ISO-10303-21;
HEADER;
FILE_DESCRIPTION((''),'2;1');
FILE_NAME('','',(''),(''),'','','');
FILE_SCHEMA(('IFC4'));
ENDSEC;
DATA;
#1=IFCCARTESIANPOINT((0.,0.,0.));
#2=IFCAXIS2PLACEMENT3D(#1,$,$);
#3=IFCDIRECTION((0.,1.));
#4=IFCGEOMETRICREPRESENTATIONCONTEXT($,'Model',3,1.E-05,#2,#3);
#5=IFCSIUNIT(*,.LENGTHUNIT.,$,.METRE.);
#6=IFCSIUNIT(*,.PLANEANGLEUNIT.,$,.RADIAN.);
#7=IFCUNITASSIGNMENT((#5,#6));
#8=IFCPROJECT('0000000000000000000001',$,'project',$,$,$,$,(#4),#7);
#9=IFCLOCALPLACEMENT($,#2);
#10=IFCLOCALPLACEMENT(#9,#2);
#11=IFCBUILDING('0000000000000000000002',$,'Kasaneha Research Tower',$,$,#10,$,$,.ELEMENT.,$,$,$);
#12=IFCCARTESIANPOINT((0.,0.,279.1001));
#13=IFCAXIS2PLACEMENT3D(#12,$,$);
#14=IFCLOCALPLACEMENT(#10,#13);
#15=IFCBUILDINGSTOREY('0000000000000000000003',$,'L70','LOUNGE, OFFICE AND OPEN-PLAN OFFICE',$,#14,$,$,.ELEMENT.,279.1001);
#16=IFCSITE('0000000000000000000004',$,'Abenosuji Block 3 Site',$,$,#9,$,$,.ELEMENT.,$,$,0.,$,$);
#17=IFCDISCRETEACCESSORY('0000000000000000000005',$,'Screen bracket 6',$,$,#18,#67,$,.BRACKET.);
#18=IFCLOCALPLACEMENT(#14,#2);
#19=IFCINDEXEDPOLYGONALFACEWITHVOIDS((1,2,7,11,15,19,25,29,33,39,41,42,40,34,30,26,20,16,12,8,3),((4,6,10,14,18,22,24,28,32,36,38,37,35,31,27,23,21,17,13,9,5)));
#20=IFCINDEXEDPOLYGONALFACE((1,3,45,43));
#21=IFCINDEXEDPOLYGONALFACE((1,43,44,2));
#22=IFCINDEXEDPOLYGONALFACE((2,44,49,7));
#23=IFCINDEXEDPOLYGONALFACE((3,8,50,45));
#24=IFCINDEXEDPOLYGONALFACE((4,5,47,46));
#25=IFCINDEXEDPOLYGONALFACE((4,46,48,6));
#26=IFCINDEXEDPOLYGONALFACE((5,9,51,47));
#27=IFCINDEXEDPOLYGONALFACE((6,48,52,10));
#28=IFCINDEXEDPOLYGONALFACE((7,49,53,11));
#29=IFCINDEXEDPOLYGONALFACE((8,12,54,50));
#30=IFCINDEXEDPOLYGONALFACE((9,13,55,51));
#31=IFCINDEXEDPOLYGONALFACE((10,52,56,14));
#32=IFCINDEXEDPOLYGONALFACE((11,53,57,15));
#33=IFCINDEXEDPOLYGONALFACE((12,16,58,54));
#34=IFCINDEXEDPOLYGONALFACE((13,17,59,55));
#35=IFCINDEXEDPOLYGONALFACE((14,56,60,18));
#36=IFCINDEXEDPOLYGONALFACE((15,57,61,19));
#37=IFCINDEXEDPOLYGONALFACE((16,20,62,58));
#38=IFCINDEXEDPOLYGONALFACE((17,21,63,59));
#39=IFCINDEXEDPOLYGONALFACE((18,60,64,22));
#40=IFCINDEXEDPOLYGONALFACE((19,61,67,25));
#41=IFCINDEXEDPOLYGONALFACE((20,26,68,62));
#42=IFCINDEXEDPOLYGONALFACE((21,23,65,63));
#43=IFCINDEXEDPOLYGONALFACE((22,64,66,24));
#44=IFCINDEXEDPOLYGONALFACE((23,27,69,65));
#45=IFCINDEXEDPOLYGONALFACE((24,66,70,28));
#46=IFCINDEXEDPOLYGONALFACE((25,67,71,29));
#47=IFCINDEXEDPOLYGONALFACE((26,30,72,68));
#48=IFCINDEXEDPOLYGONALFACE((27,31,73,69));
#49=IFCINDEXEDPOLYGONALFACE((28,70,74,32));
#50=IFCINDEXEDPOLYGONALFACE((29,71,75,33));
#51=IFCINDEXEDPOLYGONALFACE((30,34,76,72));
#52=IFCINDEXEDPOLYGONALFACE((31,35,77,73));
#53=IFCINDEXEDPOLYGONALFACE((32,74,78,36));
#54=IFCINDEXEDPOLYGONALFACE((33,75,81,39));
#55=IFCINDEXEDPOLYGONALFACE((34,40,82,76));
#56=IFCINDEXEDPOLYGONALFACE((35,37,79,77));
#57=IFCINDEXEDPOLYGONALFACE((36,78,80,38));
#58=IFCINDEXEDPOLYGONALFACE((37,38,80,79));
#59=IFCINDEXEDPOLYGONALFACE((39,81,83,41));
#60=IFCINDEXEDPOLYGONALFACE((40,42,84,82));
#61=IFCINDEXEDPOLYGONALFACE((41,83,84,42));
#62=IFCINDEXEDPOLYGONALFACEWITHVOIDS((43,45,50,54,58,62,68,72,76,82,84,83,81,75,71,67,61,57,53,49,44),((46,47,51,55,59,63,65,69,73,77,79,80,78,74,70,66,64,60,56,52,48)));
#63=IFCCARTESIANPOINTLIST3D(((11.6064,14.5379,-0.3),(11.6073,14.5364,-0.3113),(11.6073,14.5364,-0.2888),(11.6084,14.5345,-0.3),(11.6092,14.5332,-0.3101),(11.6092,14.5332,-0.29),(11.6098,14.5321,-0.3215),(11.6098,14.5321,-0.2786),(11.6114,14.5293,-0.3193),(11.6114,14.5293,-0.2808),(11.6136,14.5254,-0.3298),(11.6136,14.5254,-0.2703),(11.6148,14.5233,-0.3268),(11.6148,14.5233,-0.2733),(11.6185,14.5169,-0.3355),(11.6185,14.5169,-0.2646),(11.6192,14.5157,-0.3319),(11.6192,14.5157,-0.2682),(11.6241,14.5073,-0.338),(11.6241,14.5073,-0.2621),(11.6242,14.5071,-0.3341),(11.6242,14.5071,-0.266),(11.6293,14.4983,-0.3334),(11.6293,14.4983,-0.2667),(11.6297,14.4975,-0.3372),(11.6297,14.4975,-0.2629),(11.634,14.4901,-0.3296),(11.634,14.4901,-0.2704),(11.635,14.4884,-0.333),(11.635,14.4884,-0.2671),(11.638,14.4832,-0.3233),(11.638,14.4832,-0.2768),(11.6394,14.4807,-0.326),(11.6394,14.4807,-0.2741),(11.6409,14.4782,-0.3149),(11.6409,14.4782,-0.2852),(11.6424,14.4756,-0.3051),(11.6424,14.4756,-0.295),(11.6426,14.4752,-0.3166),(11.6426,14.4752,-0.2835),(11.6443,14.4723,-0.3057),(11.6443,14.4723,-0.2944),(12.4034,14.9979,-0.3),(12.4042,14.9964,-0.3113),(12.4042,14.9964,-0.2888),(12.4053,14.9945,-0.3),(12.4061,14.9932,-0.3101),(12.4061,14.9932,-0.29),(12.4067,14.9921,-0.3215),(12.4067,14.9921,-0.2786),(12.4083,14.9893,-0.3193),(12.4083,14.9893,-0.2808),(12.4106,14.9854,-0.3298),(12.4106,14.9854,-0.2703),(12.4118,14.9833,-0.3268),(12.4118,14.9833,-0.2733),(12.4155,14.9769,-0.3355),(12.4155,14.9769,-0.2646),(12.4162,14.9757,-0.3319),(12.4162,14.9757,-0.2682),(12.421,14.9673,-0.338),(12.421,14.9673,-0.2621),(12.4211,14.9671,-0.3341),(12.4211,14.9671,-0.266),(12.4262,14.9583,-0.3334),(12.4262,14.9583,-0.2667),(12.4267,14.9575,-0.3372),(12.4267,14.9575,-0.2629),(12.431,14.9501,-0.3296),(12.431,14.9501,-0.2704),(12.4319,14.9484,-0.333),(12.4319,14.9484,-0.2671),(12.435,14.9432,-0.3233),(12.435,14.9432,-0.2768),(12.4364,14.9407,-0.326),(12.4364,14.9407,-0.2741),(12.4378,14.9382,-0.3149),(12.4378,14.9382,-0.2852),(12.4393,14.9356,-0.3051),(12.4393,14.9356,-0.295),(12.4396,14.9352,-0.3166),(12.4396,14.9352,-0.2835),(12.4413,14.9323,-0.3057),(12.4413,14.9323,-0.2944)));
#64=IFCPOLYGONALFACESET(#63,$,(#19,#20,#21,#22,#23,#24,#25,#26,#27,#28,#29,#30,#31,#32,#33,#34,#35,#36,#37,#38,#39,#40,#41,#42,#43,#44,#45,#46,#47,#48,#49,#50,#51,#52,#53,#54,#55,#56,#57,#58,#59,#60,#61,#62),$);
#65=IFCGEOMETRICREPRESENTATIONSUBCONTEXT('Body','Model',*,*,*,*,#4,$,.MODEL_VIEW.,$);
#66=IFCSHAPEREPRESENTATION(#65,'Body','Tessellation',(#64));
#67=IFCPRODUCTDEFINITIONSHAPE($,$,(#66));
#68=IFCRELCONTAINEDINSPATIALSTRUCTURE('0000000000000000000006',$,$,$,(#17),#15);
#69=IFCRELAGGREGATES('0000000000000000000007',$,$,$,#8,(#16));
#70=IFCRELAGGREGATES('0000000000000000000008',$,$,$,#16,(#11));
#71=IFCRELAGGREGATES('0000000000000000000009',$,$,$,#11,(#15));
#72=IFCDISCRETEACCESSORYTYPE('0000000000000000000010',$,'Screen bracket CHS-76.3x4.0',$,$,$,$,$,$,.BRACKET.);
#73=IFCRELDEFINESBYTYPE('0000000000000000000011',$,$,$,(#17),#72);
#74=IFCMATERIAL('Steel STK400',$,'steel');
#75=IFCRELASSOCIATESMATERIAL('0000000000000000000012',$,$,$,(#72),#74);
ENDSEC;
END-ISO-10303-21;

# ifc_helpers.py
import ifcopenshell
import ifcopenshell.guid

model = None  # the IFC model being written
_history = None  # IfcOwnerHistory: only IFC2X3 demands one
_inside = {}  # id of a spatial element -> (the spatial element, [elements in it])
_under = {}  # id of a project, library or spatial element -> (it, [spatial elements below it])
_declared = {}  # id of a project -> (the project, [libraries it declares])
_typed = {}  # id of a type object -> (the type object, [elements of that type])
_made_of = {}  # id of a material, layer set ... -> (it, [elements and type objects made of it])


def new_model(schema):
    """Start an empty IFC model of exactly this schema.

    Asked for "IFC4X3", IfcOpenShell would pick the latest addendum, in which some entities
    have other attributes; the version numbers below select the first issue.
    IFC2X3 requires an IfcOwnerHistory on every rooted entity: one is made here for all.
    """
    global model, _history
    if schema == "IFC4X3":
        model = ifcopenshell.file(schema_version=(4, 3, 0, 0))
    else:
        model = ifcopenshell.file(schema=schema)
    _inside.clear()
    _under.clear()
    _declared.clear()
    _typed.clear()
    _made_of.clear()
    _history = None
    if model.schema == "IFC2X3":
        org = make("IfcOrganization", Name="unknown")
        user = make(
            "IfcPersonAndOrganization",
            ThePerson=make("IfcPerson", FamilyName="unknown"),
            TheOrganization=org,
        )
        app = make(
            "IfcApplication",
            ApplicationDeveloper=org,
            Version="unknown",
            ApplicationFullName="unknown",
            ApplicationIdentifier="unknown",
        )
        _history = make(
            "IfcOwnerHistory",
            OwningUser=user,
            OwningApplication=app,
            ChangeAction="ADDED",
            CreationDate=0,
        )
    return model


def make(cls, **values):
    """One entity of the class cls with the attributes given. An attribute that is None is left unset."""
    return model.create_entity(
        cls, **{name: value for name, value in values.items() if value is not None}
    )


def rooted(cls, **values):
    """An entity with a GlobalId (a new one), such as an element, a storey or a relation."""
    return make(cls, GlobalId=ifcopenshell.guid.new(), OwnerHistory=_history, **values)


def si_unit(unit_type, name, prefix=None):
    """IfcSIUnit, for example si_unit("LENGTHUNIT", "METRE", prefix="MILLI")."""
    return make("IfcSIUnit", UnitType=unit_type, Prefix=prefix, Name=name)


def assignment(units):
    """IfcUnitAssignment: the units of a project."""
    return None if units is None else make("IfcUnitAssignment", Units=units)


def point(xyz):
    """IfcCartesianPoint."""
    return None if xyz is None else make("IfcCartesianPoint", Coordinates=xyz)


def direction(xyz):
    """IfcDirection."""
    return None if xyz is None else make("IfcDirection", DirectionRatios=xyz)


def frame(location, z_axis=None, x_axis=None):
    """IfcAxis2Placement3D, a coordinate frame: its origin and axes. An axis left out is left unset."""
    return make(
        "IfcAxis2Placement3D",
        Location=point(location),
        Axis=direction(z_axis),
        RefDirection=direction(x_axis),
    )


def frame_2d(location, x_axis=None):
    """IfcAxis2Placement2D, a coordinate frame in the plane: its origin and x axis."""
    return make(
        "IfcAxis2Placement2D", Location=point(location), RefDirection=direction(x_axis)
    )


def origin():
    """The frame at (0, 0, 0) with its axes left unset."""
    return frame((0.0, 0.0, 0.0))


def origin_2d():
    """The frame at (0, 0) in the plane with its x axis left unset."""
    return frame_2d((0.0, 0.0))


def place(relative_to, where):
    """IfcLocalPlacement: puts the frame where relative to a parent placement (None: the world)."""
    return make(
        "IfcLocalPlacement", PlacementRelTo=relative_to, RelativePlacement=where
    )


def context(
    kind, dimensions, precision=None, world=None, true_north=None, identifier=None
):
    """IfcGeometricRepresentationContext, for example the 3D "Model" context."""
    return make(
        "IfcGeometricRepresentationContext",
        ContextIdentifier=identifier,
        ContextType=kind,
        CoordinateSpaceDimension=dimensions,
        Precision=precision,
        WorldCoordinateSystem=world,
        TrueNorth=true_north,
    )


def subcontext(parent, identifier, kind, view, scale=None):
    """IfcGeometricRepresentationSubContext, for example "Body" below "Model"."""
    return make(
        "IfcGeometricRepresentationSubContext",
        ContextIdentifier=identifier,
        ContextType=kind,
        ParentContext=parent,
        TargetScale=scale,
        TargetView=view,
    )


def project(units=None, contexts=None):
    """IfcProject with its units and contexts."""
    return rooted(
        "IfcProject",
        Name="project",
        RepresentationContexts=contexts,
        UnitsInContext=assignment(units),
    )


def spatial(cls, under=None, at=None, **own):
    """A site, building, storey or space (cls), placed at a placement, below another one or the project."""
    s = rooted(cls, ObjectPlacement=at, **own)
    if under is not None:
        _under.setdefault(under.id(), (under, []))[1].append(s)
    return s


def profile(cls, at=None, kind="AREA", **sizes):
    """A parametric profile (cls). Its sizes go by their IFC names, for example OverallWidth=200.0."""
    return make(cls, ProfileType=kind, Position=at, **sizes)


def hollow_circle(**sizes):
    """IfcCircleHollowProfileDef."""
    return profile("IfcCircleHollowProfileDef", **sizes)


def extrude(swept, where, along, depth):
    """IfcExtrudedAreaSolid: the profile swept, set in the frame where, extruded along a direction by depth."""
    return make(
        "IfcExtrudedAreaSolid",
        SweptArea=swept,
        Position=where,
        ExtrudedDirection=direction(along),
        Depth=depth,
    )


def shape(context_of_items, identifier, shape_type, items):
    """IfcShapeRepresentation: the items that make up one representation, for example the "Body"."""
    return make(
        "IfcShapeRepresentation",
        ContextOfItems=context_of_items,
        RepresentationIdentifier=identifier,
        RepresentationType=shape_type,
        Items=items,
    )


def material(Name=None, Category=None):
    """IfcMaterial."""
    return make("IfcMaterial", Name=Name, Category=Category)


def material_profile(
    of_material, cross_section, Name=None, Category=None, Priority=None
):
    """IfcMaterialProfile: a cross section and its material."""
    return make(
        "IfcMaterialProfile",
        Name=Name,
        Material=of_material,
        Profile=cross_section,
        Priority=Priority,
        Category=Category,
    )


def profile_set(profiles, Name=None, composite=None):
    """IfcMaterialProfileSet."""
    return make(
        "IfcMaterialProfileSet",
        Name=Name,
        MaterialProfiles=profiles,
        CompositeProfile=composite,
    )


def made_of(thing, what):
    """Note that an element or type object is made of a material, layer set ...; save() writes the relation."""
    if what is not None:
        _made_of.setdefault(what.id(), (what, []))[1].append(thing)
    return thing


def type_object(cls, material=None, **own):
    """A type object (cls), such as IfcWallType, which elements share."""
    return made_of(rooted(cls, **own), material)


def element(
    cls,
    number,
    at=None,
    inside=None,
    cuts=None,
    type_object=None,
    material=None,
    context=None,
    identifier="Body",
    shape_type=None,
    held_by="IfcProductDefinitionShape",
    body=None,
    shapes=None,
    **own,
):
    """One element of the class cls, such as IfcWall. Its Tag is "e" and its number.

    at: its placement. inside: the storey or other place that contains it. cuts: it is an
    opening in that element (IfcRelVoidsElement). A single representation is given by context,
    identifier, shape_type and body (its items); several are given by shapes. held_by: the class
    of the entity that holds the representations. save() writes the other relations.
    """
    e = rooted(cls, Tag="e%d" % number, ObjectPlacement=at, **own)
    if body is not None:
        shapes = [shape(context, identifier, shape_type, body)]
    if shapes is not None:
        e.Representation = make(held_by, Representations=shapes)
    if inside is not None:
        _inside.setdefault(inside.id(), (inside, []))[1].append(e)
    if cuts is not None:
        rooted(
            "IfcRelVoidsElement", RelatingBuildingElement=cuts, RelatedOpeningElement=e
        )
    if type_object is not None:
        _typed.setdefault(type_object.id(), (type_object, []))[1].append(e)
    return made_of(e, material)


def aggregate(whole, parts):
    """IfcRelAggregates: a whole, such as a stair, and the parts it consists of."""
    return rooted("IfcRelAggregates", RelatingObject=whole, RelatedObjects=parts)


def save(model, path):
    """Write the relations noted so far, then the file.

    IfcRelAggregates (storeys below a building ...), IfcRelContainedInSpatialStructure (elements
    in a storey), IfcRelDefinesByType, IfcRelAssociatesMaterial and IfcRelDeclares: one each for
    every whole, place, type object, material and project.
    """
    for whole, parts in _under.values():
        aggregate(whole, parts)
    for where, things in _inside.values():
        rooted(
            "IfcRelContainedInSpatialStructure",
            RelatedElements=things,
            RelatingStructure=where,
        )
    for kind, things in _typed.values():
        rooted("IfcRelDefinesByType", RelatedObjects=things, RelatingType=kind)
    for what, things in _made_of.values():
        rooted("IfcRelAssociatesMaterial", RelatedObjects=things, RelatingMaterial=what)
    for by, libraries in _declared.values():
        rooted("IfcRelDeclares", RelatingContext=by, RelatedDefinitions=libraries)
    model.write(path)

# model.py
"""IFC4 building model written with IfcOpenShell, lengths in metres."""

from ifc_helpers import new_model, si_unit, direction, frame, origin, origin_2d, place, context, subcontext, project, spatial, hollow_circle, extrude, material, material_profile, profile_set, type_object, element, save


model = new_model("IFC4")

# Units and contexts
model_context = context("Model", 3, precision=1e-05, world=origin(), true_north=direction((0.0, 1.0)))
body_context = subcontext(model_context, "Body", "Model", "MODEL_VIEW")
ifc_project = project(units=[si_unit("LENGTHUNIT", "METRE"), si_unit("PLANEANGLEUNIT", "RADIAN")], contexts=[model_context])

# Site, building, storey
site_placement = place(None, origin())
site = spatial("IfcSite", under=ifc_project, at=site_placement, Name="Abenosuji Block 3 Site", CompositionType="ELEMENT", RefElevation=0.0)
building_placement = place(site_placement, origin())
building = spatial("IfcBuilding", under=site, at=building_placement, Name="Kasaneha Research Tower", CompositionType="ELEMENT")
storey_placement = place(building_placement, frame((0.0, 0.0, 279.1001)))
storey = spatial("IfcBuildingStorey", under=building, at=storey_placement, Name="L70", Description="LOUNGE, OFFICE AND OPEN-PLAN OFFICE", CompositionType="ELEMENT", Elevation=279.1001)

# Discrete accessory
ifc_material_1 = material(Name="Steel STK400", Category="steel")
ifc_material_profile_1 = material_profile(ifc_material_1, hollow_circle(Radius=0.0381, WallThickness=0.0039, at=origin_2d()), Name="CHS-76.3x4.0")
ifc_profile_set_1 = profile_set([ifc_material_profile_1], Name="Steel STK400")
discrete_accessory_type = type_object("IfcDiscreteAccessoryType", Name="Screen bracket CHS-76.3x4.0", PredefinedType="BRACKET", material=ifc_profile_set_1)
discrete_accessory_placement = place(storey_placement, frame((11.6255, 14.5049, -0.3), z_axis=(0.86608, 0.499906, 0.0), x_axis=(-0.499906, 0.86608, 0.0)))
element("IfcDiscreteAccessory", 1, at=discrete_accessory_placement, inside=storey, type_object=discrete_accessory_type, Name="Screen bracket 6", PredefinedType="BRACKET", context=body_context, shape_type="SweptSolid", body=[
    extrude(hollow_circle(Radius=0.0381, WallThickness=0.0039, at=origin_2d()), origin(), (0.0, 0.0, 1.0), 0.9202),
])

save(model, "model.ifc")
